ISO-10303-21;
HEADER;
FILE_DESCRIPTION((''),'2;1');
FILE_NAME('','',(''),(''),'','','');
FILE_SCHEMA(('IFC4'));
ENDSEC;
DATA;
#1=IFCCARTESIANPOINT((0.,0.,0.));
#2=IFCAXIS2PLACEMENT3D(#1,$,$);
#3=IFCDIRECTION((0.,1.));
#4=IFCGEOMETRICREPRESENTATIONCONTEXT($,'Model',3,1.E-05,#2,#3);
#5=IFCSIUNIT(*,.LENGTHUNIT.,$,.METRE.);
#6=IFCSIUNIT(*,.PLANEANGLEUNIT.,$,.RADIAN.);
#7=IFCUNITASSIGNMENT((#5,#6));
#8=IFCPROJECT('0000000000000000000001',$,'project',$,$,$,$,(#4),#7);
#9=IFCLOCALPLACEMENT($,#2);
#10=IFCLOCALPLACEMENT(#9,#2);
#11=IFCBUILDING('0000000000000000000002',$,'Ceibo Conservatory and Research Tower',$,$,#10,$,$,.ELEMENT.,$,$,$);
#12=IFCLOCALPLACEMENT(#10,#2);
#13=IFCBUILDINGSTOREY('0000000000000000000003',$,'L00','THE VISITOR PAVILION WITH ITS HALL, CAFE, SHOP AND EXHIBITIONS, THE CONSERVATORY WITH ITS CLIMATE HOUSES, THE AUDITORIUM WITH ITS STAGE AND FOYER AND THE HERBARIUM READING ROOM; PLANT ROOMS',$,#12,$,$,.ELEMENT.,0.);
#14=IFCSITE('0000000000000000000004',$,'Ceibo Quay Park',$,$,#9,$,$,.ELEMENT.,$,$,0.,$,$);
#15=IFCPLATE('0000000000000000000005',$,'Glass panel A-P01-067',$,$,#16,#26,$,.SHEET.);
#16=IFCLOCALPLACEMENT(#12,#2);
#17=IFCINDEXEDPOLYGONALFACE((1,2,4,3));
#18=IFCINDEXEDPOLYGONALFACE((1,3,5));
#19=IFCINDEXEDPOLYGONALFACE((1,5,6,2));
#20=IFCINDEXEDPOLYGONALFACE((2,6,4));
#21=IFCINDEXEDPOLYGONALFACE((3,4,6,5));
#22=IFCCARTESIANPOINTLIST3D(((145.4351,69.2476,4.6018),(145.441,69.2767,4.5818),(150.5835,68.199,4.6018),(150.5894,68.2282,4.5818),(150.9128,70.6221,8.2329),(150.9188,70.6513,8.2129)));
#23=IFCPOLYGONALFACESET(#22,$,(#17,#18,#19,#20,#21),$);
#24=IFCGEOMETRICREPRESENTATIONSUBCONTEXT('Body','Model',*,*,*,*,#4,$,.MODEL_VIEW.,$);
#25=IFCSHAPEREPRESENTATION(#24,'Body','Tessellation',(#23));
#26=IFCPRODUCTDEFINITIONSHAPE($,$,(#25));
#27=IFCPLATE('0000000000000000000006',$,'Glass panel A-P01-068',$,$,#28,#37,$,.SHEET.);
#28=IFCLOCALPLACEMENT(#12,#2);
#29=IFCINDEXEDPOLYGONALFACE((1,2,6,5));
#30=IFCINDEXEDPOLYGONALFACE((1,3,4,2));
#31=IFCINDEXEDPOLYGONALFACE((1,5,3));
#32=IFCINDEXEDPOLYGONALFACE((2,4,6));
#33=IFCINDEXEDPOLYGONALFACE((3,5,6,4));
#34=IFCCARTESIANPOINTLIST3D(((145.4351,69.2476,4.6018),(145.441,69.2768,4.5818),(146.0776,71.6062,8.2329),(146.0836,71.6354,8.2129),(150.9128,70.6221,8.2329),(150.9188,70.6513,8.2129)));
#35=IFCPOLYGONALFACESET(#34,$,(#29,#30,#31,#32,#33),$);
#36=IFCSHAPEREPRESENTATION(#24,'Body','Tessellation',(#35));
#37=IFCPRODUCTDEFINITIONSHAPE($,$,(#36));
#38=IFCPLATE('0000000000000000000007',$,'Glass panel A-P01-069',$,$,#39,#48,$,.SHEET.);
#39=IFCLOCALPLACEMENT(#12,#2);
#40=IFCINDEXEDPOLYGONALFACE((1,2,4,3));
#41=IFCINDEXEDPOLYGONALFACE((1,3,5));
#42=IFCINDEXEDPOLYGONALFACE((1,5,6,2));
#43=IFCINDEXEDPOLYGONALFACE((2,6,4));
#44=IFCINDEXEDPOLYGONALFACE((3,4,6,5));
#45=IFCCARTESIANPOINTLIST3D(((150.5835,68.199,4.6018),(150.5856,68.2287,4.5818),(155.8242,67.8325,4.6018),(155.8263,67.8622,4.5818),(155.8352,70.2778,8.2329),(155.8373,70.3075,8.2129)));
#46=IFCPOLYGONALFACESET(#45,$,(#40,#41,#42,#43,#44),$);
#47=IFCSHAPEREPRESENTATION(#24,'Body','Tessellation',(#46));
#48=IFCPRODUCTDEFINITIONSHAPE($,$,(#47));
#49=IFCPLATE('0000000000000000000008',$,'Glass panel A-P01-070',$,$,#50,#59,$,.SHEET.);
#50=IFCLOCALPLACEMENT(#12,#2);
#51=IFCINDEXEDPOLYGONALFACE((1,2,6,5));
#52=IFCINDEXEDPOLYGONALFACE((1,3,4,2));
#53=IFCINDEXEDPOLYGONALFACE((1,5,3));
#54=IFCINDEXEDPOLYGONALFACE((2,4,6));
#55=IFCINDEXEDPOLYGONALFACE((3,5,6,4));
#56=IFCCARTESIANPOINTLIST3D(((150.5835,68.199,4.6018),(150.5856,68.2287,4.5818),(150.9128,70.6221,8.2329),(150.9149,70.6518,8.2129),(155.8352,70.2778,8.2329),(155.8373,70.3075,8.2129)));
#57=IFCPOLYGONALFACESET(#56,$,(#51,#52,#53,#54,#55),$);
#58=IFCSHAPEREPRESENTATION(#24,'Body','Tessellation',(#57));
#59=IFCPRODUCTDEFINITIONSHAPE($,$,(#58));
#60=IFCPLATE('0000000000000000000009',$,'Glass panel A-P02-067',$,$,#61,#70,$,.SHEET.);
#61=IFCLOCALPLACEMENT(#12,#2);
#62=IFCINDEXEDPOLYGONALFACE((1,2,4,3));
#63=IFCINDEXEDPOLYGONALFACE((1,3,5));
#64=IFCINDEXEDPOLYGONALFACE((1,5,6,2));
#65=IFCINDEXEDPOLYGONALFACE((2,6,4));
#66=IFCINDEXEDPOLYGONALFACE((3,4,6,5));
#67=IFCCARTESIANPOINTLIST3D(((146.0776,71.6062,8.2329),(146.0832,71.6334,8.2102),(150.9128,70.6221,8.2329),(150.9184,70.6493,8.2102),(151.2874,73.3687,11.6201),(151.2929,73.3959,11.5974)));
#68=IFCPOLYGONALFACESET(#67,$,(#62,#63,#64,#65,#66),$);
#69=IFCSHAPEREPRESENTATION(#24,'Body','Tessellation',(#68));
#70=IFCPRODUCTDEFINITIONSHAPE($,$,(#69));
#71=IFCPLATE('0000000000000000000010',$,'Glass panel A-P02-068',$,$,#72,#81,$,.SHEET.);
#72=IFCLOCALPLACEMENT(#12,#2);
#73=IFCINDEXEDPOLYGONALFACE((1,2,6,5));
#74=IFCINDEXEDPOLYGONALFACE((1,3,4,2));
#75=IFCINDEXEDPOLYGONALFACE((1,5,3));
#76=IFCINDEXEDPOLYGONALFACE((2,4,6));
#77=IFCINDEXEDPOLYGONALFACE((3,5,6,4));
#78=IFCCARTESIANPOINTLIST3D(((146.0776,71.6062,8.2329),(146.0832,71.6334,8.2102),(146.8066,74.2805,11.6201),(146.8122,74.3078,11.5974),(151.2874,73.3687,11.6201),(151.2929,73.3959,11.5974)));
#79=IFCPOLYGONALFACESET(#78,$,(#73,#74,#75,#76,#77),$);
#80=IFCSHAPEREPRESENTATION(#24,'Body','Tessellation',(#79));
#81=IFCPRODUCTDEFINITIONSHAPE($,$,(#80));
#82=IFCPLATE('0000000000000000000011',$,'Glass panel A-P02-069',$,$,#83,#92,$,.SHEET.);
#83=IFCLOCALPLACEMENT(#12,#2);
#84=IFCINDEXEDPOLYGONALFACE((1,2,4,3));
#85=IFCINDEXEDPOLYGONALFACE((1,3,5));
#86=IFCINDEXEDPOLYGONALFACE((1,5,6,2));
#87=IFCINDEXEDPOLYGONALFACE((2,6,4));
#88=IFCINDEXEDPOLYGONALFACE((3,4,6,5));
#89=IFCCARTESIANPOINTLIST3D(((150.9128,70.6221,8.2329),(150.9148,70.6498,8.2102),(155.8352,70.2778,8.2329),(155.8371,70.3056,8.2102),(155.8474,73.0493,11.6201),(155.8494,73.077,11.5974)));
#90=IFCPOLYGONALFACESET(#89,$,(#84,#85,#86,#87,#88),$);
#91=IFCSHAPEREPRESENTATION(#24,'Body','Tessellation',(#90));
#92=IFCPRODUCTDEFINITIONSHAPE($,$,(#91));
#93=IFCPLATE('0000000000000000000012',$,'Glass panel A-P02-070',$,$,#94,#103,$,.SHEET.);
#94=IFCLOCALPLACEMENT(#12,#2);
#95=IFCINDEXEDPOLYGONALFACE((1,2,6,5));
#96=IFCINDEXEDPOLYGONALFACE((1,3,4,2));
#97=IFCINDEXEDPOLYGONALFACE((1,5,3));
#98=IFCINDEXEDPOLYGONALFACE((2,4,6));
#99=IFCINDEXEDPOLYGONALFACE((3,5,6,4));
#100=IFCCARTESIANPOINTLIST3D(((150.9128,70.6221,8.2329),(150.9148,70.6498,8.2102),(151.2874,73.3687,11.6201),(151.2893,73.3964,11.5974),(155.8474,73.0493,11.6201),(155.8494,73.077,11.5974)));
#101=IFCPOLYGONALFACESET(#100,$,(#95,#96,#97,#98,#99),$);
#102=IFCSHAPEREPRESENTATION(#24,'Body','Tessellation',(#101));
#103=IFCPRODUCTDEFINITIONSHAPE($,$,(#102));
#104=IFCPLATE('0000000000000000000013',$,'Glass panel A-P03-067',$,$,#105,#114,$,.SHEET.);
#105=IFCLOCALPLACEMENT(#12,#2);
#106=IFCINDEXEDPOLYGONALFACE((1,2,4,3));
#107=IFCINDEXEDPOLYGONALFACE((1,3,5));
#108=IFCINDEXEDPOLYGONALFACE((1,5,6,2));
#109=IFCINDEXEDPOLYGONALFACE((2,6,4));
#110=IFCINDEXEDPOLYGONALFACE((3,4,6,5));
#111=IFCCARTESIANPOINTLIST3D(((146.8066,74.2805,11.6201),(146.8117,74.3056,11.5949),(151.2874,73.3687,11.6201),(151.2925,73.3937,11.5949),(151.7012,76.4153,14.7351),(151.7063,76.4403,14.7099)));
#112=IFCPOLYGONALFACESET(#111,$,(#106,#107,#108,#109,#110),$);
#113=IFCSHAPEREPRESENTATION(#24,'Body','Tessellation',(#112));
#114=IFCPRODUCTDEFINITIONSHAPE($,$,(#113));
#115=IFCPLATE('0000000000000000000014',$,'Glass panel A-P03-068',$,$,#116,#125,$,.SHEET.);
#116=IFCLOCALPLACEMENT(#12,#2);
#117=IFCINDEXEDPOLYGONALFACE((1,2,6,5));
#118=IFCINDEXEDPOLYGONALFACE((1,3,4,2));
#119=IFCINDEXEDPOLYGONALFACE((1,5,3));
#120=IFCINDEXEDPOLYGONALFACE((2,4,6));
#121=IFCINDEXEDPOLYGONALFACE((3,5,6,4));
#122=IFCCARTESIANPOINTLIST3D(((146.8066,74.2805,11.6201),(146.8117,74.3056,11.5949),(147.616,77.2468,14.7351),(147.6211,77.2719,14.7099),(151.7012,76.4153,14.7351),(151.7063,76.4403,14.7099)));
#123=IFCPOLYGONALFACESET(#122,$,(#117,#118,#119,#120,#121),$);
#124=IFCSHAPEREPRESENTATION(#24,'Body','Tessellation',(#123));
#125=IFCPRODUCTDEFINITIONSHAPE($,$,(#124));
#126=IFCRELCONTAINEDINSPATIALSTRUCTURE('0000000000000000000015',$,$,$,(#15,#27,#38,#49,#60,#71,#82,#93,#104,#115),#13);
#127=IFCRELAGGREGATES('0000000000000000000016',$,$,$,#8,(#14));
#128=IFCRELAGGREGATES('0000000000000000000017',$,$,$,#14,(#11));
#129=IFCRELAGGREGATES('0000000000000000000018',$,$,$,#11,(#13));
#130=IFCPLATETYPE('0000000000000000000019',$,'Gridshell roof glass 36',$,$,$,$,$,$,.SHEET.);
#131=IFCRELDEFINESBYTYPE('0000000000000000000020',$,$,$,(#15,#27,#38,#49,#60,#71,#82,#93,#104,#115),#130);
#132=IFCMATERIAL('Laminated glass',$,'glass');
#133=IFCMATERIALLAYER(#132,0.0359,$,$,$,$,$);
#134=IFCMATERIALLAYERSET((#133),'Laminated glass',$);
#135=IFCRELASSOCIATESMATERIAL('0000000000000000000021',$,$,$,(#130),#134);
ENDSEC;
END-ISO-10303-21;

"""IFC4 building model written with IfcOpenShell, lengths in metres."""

from ifc_helpers import new_model, si_unit, direction, frame, origin, place, context, subcontext, project, spatial, polyline, outline, extrude, material, layer, layer_set, type_object, element, save


model = new_model("IFC4")

# Units and contexts
model_context = context("Model", 3, precision=1e-05, world=origin(), true_north=direction((0.0, 1.0)))
body_context = subcontext(model_context, "Body", "Model", "MODEL_VIEW")
ifc_project = project(units=[si_unit("LENGTHUNIT", "METRE"), si_unit("PLANEANGLEUNIT", "RADIAN")], contexts=[model_context])

# Site, building, storey
site_placement = place(None, origin())
site = spatial("IfcSite", under=ifc_project, at=site_placement, Name="Ceibo Quay Park", CompositionType="ELEMENT", RefElevation=0.0)
building_placement = place(site_placement, origin())
building = spatial("IfcBuilding", under=site, at=building_placement, Name="Ceibo Conservatory and Research Tower", CompositionType="ELEMENT")
storey_placement = place(building_placement, origin())
storey = spatial("IfcBuildingStorey", under=building, at=storey_placement, Name="L00", Description="THE VISITOR PAVILION WITH ITS HALL, CAFE, SHOP AND EXHIBITIONS, THE CONSERVATORY WITH ITS CLIMATE HOUSES, THE AUDITORIUM WITH ITS STAGE AND FOYER AND THE HERBARIUM READING ROOM; PLANT ROOMS", CompositionType="ELEMENT", Elevation=0.0)

# Shared definitions
ifc_material_1 = material(Name="Laminated glass", Category="glass")

# Plates
ifc_layer_1 = layer(ifc_material_1, 0.0359)
ifc_layer_set_1 = layer_set([ifc_layer_1], Name="Laminated glass")
plate_type_1 = type_object("IfcPlateType", Name="Gridshell roof glass 36", PredefinedType="SHEET", material=ifc_layer_set_1)
plate_1_placement = place(storey_placement, frame((145.4351, 69.2476, 4.6018), z_axis=(-0.165646, -0.813307, 0.557757), x_axis=(0.979883, -0.199573, 0.0)))
element("IfcPlate", 1, at=plate_1_placement, inside=storey, type_object=plate_type_1, Name="Glass panel A-P01-067", PredefinedType="SHEET", context=body_context, shape_type="SweptSolid", body=[
    extrude(outline(polyline([(0.0, 0.0), (5.2541, 0.0), (5.0933, 4.3748), (0.0, 0.0)])), origin(), (0.0, 0.0, -1.0), 0.0359),
])
plate_2_placement = place(storey_placement, frame((145.4351, 69.2476, 4.6018), z_axis=(-0.165554, -0.813397, 0.557653), x_axis=(0.815852, 0.204718, 0.540811)))
element("IfcPlate", 2, at=plate_2_placement, inside=storey, type_object=plate_type_1, Name="Glass panel A-P01-068", PredefinedType="SHEET", context=body_context, shape_type="SweptSolid", body=[
    extrude(outline(polyline([(0.0, 0.0), (6.7142, 0.0), (2.9708, 3.2148), (0.0, 0.0)])), origin(), (0.0, 0.0, -1.0), 0.0359),
])
plate_3_placement = place(storey_placement, frame((150.5835, 68.199, 4.6018), z_axis=(-0.057896, -0.827978, 0.557764), x_axis=(0.997564, -0.069754, 0.0)))
element("IfcPlate", 3, at=plate_3_placement, inside=storey, type_object=plate_type_1, Name="Glass panel A-P01-069", PredefinedType="SHEET", context=body_context, shape_type="SweptSolid", body=[
    extrude(outline(polyline([(0.0, 0.0), (5.2535, 0.0), (5.0939, 4.3748), (0.0, 0.0)])), origin(), (0.0, 0.0, -1.0), 0.0359),
])
plate_4_placement = place(storey_placement, frame((150.5835, 68.199, 4.6018), z_axis=(-0.057903, -0.827972, 0.557772), x_axis=(0.782123, 0.309599, 0.54077)))
element("IfcPlate", 4, at=plate_4_placement, inside=storey, type_object=plate_type_1, Name="Glass panel A-P01-070", PredefinedType="SHEET", context=body_context, shape_type="SweptSolid", body=[
    extrude(outline(polyline([(0.0, 0.0), (6.7147, 0.0), (2.9714, 3.2149), (0.0, 0.0)])), origin(), (0.0, 0.0, -1.0), 0.0359),
])
plate_5_placement = place(storey_placement, frame((146.0776, 71.6062, 8.2329), z_axis=(-0.15448, -0.758985, 0.632518), x_axis=(0.979909, -0.199445, 0.0)))
element("IfcPlate", 5, at=plate_5_placement, inside=storey, type_object=plate_type_1, Name="Glass panel A-P02-067", PredefinedType="SHEET", context=body_context, shape_type="SweptSolid", body=[
    extrude(outline(polyline([(0.0, 0.0), (4.9343, 0.0), (4.7535, 4.3732), (0.0, 0.0)])), origin(), (0.0, 0.0, -1.0), 0.0359),
])
plate_6_placement = place(storey_placement, frame((146.0776, 71.6062, 8.2329), z_axis=(-0.154464, -0.759001, 0.632502), x_axis=(0.806564, 0.272861, 0.524405)))
element("IfcPlate", 6, at=plate_6_placement, inside=storey, type_object=plate_type_1, Name="Glass panel A-P02-068", PredefinedType="SHEET", context=body_context, shape_type="SweptSolid", body=[
    extrude(outline(polyline([(0.0, 0.0), (6.4591, 0.0), (3.094, 3.0958), (0.0, 0.0)])), origin(), (0.0, 0.0, -1.0), 0.0359),
])
plate_7_placement = place(storey_placement, frame((150.9128, 70.6221, 8.2329), z_axis=(-0.054039, -0.772716, 0.632447), x_axis=(0.997564, -0.069763, 0.0)))
element("IfcPlate", 7, at=plate_7_placement, inside=storey, type_object=plate_type_1, Name="Glass panel A-P02-069", PredefinedType="SHEET", context=body_context, shape_type="SweptSolid", body=[
    extrude(outline(polyline([(0.0, 0.0), (4.9344, 0.0), (4.7532, 4.3728), (0.0, 0.0)])), origin(), (0.0, 0.0, -1.0), 0.0359),
])
plate_8_placement = place(storey_placement, frame((150.9128, 70.6221, 8.2329), z_axis=(-0.054109, -0.772661, 0.632509), x_axis=(0.76402, 0.375811, 0.524442)))
element("IfcPlate", 8, at=plate_8_placement, inside=storey, type_object=plate_type_1, Name="Glass panel A-P02-070", PredefinedType="SHEET", context=body_context, shape_type="SweptSolid", body=[
    extrude(outline(polyline([(0.0, 0.0), (6.4587, 0.0), (3.0947, 3.0951), (0.0, 0.0)])), origin(), (0.0, 0.0, -1.0), 0.0359),
])
plate_9_placement = place(storey_placement, frame((146.8066, 74.2805, 11.6201), z_axis=(-0.142081, -0.698154, 0.701708), x_axis=(0.979914, -0.199421, 0.0)))
element("IfcPlate", 9, at=plate_9_placement, inside=storey, type_object=plate_type_1, Name="Glass panel A-P03-067", PredefinedType="SHEET", context=body_context, shape_type="SweptSolid", body=[
    extrude(outline(polyline([(0.0, 0.0), (4.5726, 0.0), (4.3705, 4.3721), (0.0, 0.0)])), origin(), (0.0, 0.0, -1.0), 0.0359),
])
plate_10_placement = place(storey_placement, frame((146.8066, 74.2805, 11.6201), z_axis=(-0.142104, -0.698129, 0.701728), x_axis=(0.791742, 0.345321, 0.503883)))
element("IfcPlate", 10, at=plate_10_placement, inside=storey, type_object=plate_type_1, Name="Glass panel A-P03-068", PredefinedType="SHEET", context=body_context, shape_type="SweptSolid", body=[
    extrude(outline(polyline([(0.0, 0.0), (6.182, 0.0), (3.2347, 2.9485), (0.0, 0.0)])), origin(), (0.0, 0.0, -1.0), 0.0359),
])

save(model, "model.ifc")
